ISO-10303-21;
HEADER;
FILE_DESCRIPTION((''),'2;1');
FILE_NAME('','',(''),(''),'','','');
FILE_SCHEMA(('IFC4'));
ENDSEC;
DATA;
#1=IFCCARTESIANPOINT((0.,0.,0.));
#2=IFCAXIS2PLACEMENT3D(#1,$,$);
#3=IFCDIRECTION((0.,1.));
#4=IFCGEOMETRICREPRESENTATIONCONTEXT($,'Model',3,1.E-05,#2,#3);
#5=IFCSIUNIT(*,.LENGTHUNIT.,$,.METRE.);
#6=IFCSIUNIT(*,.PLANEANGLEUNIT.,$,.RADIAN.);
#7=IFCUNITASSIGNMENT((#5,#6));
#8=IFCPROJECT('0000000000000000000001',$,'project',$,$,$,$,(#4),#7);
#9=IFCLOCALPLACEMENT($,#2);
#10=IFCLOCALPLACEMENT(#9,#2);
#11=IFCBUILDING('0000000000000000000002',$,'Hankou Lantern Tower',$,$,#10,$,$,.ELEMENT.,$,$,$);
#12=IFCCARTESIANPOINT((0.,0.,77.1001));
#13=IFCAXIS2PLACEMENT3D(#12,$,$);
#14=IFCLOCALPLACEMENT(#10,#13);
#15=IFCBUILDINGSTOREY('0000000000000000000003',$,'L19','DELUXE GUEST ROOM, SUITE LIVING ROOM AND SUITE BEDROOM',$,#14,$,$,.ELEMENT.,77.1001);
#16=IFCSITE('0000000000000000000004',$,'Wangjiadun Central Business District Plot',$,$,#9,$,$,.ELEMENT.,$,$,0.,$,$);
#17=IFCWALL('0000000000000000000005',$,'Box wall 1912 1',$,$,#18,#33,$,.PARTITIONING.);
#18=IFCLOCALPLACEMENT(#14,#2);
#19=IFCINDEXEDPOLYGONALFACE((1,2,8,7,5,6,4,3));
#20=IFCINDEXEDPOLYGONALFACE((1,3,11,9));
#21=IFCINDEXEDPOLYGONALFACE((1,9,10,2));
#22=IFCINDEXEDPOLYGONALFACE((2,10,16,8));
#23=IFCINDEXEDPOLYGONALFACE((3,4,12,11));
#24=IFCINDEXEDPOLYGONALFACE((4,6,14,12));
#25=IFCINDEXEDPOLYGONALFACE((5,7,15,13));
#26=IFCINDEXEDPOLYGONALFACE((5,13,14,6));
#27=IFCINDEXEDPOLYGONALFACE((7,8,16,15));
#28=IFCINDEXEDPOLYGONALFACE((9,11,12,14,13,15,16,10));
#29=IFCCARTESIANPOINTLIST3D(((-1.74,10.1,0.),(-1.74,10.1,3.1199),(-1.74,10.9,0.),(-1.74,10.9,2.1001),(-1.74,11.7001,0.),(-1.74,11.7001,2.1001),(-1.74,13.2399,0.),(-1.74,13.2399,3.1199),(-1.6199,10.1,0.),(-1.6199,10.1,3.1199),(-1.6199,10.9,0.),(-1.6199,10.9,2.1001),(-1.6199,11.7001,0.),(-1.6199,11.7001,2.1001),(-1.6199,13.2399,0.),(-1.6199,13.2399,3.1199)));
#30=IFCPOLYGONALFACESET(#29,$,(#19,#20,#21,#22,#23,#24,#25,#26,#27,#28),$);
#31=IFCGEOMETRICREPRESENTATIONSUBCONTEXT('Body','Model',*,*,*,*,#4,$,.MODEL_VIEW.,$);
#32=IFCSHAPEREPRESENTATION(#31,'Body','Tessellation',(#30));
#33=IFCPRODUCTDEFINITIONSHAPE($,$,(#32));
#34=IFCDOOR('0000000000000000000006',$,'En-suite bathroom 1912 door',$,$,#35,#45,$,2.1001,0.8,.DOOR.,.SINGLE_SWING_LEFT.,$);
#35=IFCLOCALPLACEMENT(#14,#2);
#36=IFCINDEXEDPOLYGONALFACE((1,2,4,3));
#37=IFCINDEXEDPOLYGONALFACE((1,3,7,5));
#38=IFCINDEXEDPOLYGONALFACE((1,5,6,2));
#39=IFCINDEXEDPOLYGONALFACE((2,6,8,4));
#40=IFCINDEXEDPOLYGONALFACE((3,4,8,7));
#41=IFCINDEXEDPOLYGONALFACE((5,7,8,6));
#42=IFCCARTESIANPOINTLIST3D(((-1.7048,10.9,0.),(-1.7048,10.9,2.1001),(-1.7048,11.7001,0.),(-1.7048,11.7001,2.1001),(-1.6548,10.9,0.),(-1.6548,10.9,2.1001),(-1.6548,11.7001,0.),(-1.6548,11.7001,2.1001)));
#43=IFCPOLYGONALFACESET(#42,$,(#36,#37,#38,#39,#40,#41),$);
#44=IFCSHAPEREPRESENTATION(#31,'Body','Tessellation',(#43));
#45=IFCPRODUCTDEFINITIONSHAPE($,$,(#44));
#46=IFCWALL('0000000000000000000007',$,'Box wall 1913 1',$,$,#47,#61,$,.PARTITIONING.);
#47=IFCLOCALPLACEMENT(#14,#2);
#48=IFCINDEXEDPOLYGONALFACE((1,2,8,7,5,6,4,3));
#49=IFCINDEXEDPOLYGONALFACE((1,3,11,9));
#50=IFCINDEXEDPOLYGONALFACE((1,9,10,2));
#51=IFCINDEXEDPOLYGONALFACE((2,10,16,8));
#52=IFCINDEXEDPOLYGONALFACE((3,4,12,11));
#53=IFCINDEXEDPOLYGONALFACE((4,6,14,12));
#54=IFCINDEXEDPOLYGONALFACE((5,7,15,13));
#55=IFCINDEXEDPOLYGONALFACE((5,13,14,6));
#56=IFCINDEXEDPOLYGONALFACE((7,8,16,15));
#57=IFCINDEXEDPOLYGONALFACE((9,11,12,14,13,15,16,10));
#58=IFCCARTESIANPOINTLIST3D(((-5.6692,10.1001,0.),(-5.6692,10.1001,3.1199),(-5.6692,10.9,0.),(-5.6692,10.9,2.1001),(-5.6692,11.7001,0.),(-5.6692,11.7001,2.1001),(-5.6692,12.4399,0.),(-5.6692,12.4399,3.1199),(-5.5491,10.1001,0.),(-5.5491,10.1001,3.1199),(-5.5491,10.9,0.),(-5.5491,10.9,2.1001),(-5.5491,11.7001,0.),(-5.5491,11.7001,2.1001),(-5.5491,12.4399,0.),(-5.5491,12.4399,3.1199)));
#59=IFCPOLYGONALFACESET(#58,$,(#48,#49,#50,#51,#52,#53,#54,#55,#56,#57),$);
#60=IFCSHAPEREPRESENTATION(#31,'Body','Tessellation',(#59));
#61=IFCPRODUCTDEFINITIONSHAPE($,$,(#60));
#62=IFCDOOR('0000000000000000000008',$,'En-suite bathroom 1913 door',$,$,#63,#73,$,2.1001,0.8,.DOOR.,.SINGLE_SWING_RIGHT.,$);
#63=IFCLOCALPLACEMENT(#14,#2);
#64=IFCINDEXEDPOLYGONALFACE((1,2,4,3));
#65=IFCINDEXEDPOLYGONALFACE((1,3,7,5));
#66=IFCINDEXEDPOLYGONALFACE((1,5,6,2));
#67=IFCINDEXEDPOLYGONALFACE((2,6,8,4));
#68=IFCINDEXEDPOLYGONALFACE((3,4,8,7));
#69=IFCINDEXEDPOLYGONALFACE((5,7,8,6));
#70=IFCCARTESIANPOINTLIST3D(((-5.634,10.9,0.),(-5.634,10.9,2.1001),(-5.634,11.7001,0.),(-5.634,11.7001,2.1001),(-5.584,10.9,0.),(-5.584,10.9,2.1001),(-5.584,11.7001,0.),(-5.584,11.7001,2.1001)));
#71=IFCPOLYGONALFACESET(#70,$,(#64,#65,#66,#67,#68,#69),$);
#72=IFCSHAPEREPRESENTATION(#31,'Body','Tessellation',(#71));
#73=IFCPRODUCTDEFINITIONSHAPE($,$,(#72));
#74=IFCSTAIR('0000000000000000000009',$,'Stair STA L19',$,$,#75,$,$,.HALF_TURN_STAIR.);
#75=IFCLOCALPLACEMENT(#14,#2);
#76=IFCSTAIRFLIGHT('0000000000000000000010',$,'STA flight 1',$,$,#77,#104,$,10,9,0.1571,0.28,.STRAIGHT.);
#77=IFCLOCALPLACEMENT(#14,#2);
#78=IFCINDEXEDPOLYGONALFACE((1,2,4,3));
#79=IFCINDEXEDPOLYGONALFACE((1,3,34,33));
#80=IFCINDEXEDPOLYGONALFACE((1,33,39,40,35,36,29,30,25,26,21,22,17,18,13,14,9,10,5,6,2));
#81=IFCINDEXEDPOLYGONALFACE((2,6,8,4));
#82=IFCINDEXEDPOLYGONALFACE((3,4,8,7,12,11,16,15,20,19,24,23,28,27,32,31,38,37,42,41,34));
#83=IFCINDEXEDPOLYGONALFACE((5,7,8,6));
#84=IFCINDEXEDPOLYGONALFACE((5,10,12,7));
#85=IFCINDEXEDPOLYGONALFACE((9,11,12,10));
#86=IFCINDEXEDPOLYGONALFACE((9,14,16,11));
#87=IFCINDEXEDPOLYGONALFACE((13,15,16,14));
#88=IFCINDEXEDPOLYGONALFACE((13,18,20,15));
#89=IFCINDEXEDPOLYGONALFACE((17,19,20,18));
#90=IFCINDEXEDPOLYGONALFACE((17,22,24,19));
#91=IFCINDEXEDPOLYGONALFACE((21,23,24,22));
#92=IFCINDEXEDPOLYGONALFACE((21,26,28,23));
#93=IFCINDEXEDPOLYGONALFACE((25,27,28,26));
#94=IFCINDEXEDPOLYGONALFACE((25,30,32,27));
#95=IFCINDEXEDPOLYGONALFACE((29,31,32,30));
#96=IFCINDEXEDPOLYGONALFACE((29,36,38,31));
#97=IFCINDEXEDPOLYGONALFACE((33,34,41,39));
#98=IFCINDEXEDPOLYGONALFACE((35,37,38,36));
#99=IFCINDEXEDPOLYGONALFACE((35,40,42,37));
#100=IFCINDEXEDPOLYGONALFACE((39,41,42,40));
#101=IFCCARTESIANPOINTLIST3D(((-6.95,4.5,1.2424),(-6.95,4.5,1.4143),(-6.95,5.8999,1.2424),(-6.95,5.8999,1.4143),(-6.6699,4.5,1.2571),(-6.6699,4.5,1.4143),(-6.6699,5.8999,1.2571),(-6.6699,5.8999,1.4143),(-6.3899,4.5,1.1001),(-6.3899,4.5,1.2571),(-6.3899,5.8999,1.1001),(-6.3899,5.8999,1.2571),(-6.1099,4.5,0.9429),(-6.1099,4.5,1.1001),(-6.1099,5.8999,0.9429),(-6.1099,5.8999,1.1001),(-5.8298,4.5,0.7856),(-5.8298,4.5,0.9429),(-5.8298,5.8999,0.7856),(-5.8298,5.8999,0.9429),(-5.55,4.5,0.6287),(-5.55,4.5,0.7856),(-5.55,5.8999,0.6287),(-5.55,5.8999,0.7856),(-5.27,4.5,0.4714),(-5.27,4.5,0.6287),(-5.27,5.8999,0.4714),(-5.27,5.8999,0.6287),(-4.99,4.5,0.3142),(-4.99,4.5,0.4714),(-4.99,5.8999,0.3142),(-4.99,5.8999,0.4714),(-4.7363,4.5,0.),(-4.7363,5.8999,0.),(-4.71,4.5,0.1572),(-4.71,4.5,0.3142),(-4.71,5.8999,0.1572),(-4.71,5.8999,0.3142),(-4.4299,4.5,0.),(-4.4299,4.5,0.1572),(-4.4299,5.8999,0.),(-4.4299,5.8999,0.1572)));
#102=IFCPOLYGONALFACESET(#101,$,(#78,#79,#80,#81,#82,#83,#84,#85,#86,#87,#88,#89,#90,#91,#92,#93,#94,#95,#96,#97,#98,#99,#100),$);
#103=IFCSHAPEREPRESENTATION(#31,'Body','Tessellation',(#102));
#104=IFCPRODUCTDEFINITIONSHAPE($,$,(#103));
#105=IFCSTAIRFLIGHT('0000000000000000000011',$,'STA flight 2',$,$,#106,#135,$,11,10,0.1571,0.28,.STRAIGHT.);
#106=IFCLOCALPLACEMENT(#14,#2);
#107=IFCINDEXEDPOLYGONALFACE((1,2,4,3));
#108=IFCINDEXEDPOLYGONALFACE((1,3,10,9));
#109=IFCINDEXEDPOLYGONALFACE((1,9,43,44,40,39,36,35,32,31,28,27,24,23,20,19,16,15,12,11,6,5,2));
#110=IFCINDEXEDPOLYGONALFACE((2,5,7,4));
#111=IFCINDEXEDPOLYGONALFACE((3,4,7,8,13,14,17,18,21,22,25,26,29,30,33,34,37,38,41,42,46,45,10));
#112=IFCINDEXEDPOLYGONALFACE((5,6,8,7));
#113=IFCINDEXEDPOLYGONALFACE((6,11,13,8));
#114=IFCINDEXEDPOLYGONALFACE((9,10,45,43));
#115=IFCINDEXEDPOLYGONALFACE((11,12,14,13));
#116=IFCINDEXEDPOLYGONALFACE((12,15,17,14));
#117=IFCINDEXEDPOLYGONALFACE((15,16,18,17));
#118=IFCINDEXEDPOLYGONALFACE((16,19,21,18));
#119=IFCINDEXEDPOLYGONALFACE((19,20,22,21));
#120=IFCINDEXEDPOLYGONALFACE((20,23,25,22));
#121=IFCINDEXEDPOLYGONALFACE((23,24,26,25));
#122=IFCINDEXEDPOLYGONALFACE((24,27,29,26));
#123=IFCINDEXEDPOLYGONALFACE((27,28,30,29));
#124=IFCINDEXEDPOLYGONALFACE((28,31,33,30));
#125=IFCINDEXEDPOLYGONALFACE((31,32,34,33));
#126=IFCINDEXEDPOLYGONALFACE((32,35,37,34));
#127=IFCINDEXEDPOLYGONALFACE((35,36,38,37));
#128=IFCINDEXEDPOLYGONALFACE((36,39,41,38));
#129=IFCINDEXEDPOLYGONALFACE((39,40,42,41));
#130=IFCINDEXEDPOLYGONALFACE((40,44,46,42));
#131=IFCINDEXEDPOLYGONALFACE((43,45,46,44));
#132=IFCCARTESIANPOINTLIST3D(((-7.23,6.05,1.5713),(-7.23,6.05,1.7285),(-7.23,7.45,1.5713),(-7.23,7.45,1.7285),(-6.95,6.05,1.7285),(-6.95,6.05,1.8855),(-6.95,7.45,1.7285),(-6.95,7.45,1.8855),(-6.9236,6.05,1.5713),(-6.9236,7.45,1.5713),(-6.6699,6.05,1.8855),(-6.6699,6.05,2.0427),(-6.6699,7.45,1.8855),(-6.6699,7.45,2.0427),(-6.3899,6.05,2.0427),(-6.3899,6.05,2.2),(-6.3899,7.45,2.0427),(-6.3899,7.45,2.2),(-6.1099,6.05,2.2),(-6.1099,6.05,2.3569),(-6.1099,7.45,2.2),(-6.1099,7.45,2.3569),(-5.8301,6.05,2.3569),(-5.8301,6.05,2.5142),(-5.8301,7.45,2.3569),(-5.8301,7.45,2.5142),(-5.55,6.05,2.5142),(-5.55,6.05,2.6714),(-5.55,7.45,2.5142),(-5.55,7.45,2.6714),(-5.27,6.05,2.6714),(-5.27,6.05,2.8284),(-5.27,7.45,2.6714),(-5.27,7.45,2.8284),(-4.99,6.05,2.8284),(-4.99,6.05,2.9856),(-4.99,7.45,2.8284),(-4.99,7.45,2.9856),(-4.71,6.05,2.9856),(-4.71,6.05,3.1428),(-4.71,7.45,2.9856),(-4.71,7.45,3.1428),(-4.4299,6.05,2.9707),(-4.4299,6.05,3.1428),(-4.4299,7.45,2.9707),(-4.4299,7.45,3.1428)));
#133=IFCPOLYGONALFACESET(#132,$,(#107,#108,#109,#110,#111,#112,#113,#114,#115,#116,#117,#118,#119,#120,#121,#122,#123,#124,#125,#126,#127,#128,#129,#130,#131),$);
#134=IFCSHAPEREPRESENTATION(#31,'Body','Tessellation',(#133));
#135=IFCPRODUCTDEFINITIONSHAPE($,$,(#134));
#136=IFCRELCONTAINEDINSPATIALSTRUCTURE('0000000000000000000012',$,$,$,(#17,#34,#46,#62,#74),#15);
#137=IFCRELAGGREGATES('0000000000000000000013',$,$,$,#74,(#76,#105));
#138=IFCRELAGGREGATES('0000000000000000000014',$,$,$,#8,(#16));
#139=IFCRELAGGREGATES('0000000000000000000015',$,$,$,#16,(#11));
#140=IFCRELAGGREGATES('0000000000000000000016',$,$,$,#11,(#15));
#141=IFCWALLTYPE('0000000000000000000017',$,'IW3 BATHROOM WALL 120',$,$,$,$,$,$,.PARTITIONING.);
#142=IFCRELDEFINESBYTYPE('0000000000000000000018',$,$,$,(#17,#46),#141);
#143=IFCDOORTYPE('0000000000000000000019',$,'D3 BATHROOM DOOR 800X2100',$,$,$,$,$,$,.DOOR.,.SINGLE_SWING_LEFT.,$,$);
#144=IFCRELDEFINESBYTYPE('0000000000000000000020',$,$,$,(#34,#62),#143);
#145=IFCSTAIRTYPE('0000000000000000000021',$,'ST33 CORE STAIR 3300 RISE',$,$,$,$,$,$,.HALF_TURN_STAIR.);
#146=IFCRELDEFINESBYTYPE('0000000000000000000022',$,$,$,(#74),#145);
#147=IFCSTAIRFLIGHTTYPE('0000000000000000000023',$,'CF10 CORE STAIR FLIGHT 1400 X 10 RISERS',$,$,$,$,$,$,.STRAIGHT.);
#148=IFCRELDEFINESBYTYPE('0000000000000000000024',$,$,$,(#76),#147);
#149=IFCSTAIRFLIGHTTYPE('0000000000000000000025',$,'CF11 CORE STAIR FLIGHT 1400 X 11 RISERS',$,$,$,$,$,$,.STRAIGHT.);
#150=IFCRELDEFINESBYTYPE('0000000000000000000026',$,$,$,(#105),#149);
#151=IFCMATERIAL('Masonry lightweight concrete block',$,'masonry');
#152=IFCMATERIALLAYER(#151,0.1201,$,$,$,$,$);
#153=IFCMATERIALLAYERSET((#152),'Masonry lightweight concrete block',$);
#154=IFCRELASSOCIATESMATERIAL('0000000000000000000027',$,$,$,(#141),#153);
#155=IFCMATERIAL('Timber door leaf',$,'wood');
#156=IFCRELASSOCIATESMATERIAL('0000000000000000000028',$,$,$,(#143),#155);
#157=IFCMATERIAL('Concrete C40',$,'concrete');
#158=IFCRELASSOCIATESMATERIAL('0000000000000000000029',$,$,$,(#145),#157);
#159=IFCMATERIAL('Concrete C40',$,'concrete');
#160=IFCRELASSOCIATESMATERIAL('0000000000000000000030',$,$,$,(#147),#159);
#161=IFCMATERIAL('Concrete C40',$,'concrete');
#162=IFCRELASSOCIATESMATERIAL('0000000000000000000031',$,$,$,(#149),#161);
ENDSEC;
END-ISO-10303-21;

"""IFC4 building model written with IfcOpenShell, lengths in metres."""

from ifc_helpers import new_model, si_unit, direction, frame, frame_2d, origin, place, context, subcontext, project, spatial, polyline, rectangle, outline, extrude, material, layer, layer_set, type_object, element, fill, aggregate, save


model = new_model("IFC4")

# Units and contexts
model_context = context("Model", 3, precision=1e-05, world=origin(), true_north=direction((0.0, 1.0)))
body_context = subcontext(model_context, "Body", "Model", "MODEL_VIEW")
ifc_project = project(units=[si_unit("LENGTHUNIT", "METRE"), si_unit("PLANEANGLEUNIT", "RADIAN")], contexts=[model_context])

# Site, building, storey
site_placement = place(None, origin())
site = spatial("IfcSite", under=ifc_project, at=site_placement, Name="Wangjiadun Central Business District Plot", CompositionType="ELEMENT", RefElevation=0.0)
building_placement = place(site_placement, origin())
building = spatial("IfcBuilding", under=site, at=building_placement, Name="Hankou Lantern Tower", CompositionType="ELEMENT")
storey_placement = place(building_placement, frame((0.0, 0.0, 77.1001)))
storey = spatial("IfcBuildingStorey", under=building, at=storey_placement, Name="L19", Description="DELUXE GUEST ROOM, SUITE LIVING ROOM AND SUITE BEDROOM", CompositionType="ELEMENT", Elevation=77.1001)

# Walls, openings, doors
ifc_material_1 = material(Name="Masonry lightweight concrete block", Category="masonry")
ifc_layer_1 = layer(ifc_material_1, 0.1201)
ifc_layer_set_1 = layer_set([ifc_layer_1], Name="Masonry lightweight concrete block")
wall_type_1 = type_object("IfcWallType", Name="IW3 BATHROOM WALL 120", PredefinedType="PARTITIONING", material=ifc_layer_set_1)
wall_1_placement = place(storey_placement, frame((-1.6799, 10.1001, 0.0), z_axis=(0.0, 0.0, 1.0), x_axis=(0.0, 1.0, 0.0)))
wall_1 = element("IfcWall", 1, at=wall_1_placement, inside=storey, type_object=wall_type_1, Name="Box wall 1912 1", PredefinedType="PARTITIONING", context=body_context, shape_type="SweptSolid", body=[
    extrude(rectangle(XDim=3.1399, YDim=0.1201, at=frame_2d((1.5698, 0.0))), origin(), (0.0, 0.0, 1.0), 3.1199),
])
opening_1_placement = place(wall_1_placement, frame((0.8, 0.0, 0.0)))
opening_1 = element("IfcOpeningElement", 2, at=opening_1_placement, cuts=wall_1, PredefinedType="OPENING", context=body_context, shape_type="SweptSolid", body=[
    extrude(rectangle(XDim=0.8, YDim=2.1001, at=frame_2d((0.3999, 1.05))), frame((0.0, 0.0701, 0.0), z_axis=(0.0, -1.0, 0.0), x_axis=(1.0, 0.0, 0.0)), (0.0, 0.0, 1.0), 0.1401),
])
ifc_material_2 = material(Name="Timber door leaf", Category="wood")
door_type_1 = type_object("IfcDoorType", Name="D3 BATHROOM DOOR 800X2100", OperationType="SINGLE_SWING_LEFT", PredefinedType="DOOR", material=ifc_material_2)
door_1_placement = place(opening_1_placement, origin())
door_1 = element("IfcDoor", 3, at=door_1_placement, inside=storey, type_object=door_type_1, Name="En-suite bathroom 1912 door", OperationType="SINGLE_SWING_LEFT", OverallHeight=2.1001, OverallWidth=0.8, PredefinedType="DOOR", context=body_context, shape_type="SweptSolid", body=[
    extrude(rectangle(XDim=0.8, YDim=2.1001, at=frame_2d((0.3999, 1.05))), frame((0.0, 0.0249, 0.0), z_axis=(0.0, -1.0, 0.0), x_axis=(1.0, 0.0, 0.0)), (0.0, 0.0, 1.0), 0.05),
])
fill(opening_1, door_1)
wall_2_placement = place(storey_placement, frame((-5.6091, 10.1001, 0.0), z_axis=(0.0, 0.0, 1.0), x_axis=(0.0, 1.0, 0.0)))
wall_2 = element("IfcWall", 4, at=wall_2_placement, inside=storey, type_object=wall_type_1, Name="Box wall 1913 1", PredefinedType="PARTITIONING", context=body_context, shape_type="SweptSolid", body=[
    extrude(rectangle(XDim=2.3398, YDim=0.1201, at=frame_2d((1.1699, 0.0))), origin(), (0.0, 0.0, 1.0), 3.1199),
])
opening_2_placement = place(wall_2_placement, frame((0.8, 0.0, 0.0)))
opening_2 = element("IfcOpeningElement", 5, at=opening_2_placement, cuts=wall_2, PredefinedType="OPENING", context=body_context, shape_type="SweptSolid", body=[
    extrude(rectangle(XDim=0.8, YDim=2.1001, at=frame_2d((0.3999, 1.05))), frame((0.0, 0.0701, 0.0), z_axis=(0.0, -1.0, 0.0), x_axis=(1.0, 0.0, 0.0)), (0.0, 0.0, 1.0), 0.1401),
])
door_2_placement = place(opening_2_placement, origin())
door_2 = element("IfcDoor", 6, at=door_2_placement, inside=storey, type_object=door_type_1, Name="En-suite bathroom 1913 door", OperationType="SINGLE_SWING_RIGHT", OverallHeight=2.1001, OverallWidth=0.8, PredefinedType="DOOR", context=body_context, shape_type="SweptSolid", body=[
    extrude(rectangle(XDim=0.8, YDim=2.1001, at=frame_2d((0.3999, 1.05))), frame((0.0, 0.0249, 0.0), z_axis=(0.0, -1.0, 0.0), x_axis=(1.0, 0.0, 0.0)), (0.0, 0.0, 1.0), 0.05),
])
fill(opening_2, door_2)

# Stair, stair flights
ifc_material_3 = material(Name="Concrete C40", Category="concrete")
stair_type = type_object("IfcStairType", Name="ST33 CORE STAIR 3300 RISE", PredefinedType="HALF_TURN_STAIR", material=ifc_material_3)
stair_placement = place(storey_placement, origin())
stair = element("IfcStair", 7, at=stair_placement, inside=storey, type_object=stair_type, Name="Stair STA L19", PredefinedType="HALF_TURN_STAIR")
ifc_material_4 = material(Name="Concrete C40", Category="concrete")
stair_flight_type_1 = type_object("IfcStairFlightType", Name="CF10 CORE STAIR FLIGHT 1400 X 10 RISERS", PredefinedType="STRAIGHT", material=ifc_material_4)
stair_flight_1_placement = place(storey_placement, frame((-4.4299, 5.2, 0.0), z_axis=(0.0, 0.0, 1.0), x_axis=(-1.0, 0.0, 0.0)))
stair_flight_1 = element("IfcStairFlight", 8, at=stair_flight_1_placement, type_object=stair_flight_type_1, Name="STA flight 1", NumberOfRisers=10, NumberOfTreads=9, PredefinedType="STRAIGHT", RiserHeight=0.1571, TreadLength=0.28, context=body_context, shape_type="SweptSolid", body=[
    extrude(outline(polyline([(0.0, 0.0), (0.0, 0.1572), (0.28, 0.1572), (0.28, 0.3142), (0.5601, 0.3142), (0.5601, 0.4714), (0.8401, 0.4714), (0.8401, 0.6287), (1.1201, 0.6287), (1.1201, 0.7856), (1.3999, 0.7856), (1.3999, 0.9429), (1.6799, 0.9429), (1.6799, 1.1001), (1.96, 1.1001), (1.96, 1.2571), (2.24, 1.2571), (2.24, 1.4143), (2.52, 1.4143), (2.52, 1.5715), (2.52, 1.2424), (0.3064, 0.0), (0.0, 0.0)])), frame((0.0, 0.7, 0.0), z_axis=(0.0, -1.0, 0.0), x_axis=(1.0, 0.0, 0.0)), (0.0, 0.0, 1.0), 1.3999),
])
ifc_material_5 = material(Name="Concrete C40", Category="concrete")
stair_flight_type_2 = type_object("IfcStairFlightType", Name="CF11 CORE STAIR FLIGHT 1400 X 11 RISERS", PredefinedType="STRAIGHT", material=ifc_material_5)
stair_flight_2_placement = place(storey_placement, frame((-7.23, 6.75, 1.5713), z_axis=(0.0, 0.0, 1.0), x_axis=(1.0, 0.0, 0.0)))
stair_flight_2 = element("IfcStairFlight", 9, at=stair_flight_2_placement, type_object=stair_flight_type_2, Name="STA flight 2", NumberOfRisers=11, NumberOfTreads=10, PredefinedType="STRAIGHT", RiserHeight=0.1571, TreadLength=0.28, context=body_context, shape_type="SweptSolid", body=[
    extrude(outline(polyline([(0.0, 0.0), (0.0, 0.1572), (0.28, 0.1572), (0.28, 0.3142), (0.5601, 0.3142), (0.5601, 0.4714), (0.8401, 0.4714), (0.8401, 0.6287), (1.1201, 0.6287), (1.1201, 0.7856), (1.3999, 0.7856), (1.3999, 0.9429), (1.6799, 0.9429), (1.6799, 1.1001), (1.96, 1.1001), (1.96, 1.2571), (2.24, 1.2571), (2.24, 1.4143), (2.52, 1.4143), (2.52, 1.5715), (2.8, 1.5715), (2.8, 1.7285), (2.8, 1.3994), (0.3064, 0.0), (0.0, 0.0)])), frame((0.0, 0.7, 0.0), z_axis=(0.0, -1.0, 0.0), x_axis=(1.0, 0.0, 0.0)), (0.0, 0.0, 1.0), 1.3999),
])
aggregate(stair, [stair_flight_1, stair_flight_2])

save(model, "model.ifc")
